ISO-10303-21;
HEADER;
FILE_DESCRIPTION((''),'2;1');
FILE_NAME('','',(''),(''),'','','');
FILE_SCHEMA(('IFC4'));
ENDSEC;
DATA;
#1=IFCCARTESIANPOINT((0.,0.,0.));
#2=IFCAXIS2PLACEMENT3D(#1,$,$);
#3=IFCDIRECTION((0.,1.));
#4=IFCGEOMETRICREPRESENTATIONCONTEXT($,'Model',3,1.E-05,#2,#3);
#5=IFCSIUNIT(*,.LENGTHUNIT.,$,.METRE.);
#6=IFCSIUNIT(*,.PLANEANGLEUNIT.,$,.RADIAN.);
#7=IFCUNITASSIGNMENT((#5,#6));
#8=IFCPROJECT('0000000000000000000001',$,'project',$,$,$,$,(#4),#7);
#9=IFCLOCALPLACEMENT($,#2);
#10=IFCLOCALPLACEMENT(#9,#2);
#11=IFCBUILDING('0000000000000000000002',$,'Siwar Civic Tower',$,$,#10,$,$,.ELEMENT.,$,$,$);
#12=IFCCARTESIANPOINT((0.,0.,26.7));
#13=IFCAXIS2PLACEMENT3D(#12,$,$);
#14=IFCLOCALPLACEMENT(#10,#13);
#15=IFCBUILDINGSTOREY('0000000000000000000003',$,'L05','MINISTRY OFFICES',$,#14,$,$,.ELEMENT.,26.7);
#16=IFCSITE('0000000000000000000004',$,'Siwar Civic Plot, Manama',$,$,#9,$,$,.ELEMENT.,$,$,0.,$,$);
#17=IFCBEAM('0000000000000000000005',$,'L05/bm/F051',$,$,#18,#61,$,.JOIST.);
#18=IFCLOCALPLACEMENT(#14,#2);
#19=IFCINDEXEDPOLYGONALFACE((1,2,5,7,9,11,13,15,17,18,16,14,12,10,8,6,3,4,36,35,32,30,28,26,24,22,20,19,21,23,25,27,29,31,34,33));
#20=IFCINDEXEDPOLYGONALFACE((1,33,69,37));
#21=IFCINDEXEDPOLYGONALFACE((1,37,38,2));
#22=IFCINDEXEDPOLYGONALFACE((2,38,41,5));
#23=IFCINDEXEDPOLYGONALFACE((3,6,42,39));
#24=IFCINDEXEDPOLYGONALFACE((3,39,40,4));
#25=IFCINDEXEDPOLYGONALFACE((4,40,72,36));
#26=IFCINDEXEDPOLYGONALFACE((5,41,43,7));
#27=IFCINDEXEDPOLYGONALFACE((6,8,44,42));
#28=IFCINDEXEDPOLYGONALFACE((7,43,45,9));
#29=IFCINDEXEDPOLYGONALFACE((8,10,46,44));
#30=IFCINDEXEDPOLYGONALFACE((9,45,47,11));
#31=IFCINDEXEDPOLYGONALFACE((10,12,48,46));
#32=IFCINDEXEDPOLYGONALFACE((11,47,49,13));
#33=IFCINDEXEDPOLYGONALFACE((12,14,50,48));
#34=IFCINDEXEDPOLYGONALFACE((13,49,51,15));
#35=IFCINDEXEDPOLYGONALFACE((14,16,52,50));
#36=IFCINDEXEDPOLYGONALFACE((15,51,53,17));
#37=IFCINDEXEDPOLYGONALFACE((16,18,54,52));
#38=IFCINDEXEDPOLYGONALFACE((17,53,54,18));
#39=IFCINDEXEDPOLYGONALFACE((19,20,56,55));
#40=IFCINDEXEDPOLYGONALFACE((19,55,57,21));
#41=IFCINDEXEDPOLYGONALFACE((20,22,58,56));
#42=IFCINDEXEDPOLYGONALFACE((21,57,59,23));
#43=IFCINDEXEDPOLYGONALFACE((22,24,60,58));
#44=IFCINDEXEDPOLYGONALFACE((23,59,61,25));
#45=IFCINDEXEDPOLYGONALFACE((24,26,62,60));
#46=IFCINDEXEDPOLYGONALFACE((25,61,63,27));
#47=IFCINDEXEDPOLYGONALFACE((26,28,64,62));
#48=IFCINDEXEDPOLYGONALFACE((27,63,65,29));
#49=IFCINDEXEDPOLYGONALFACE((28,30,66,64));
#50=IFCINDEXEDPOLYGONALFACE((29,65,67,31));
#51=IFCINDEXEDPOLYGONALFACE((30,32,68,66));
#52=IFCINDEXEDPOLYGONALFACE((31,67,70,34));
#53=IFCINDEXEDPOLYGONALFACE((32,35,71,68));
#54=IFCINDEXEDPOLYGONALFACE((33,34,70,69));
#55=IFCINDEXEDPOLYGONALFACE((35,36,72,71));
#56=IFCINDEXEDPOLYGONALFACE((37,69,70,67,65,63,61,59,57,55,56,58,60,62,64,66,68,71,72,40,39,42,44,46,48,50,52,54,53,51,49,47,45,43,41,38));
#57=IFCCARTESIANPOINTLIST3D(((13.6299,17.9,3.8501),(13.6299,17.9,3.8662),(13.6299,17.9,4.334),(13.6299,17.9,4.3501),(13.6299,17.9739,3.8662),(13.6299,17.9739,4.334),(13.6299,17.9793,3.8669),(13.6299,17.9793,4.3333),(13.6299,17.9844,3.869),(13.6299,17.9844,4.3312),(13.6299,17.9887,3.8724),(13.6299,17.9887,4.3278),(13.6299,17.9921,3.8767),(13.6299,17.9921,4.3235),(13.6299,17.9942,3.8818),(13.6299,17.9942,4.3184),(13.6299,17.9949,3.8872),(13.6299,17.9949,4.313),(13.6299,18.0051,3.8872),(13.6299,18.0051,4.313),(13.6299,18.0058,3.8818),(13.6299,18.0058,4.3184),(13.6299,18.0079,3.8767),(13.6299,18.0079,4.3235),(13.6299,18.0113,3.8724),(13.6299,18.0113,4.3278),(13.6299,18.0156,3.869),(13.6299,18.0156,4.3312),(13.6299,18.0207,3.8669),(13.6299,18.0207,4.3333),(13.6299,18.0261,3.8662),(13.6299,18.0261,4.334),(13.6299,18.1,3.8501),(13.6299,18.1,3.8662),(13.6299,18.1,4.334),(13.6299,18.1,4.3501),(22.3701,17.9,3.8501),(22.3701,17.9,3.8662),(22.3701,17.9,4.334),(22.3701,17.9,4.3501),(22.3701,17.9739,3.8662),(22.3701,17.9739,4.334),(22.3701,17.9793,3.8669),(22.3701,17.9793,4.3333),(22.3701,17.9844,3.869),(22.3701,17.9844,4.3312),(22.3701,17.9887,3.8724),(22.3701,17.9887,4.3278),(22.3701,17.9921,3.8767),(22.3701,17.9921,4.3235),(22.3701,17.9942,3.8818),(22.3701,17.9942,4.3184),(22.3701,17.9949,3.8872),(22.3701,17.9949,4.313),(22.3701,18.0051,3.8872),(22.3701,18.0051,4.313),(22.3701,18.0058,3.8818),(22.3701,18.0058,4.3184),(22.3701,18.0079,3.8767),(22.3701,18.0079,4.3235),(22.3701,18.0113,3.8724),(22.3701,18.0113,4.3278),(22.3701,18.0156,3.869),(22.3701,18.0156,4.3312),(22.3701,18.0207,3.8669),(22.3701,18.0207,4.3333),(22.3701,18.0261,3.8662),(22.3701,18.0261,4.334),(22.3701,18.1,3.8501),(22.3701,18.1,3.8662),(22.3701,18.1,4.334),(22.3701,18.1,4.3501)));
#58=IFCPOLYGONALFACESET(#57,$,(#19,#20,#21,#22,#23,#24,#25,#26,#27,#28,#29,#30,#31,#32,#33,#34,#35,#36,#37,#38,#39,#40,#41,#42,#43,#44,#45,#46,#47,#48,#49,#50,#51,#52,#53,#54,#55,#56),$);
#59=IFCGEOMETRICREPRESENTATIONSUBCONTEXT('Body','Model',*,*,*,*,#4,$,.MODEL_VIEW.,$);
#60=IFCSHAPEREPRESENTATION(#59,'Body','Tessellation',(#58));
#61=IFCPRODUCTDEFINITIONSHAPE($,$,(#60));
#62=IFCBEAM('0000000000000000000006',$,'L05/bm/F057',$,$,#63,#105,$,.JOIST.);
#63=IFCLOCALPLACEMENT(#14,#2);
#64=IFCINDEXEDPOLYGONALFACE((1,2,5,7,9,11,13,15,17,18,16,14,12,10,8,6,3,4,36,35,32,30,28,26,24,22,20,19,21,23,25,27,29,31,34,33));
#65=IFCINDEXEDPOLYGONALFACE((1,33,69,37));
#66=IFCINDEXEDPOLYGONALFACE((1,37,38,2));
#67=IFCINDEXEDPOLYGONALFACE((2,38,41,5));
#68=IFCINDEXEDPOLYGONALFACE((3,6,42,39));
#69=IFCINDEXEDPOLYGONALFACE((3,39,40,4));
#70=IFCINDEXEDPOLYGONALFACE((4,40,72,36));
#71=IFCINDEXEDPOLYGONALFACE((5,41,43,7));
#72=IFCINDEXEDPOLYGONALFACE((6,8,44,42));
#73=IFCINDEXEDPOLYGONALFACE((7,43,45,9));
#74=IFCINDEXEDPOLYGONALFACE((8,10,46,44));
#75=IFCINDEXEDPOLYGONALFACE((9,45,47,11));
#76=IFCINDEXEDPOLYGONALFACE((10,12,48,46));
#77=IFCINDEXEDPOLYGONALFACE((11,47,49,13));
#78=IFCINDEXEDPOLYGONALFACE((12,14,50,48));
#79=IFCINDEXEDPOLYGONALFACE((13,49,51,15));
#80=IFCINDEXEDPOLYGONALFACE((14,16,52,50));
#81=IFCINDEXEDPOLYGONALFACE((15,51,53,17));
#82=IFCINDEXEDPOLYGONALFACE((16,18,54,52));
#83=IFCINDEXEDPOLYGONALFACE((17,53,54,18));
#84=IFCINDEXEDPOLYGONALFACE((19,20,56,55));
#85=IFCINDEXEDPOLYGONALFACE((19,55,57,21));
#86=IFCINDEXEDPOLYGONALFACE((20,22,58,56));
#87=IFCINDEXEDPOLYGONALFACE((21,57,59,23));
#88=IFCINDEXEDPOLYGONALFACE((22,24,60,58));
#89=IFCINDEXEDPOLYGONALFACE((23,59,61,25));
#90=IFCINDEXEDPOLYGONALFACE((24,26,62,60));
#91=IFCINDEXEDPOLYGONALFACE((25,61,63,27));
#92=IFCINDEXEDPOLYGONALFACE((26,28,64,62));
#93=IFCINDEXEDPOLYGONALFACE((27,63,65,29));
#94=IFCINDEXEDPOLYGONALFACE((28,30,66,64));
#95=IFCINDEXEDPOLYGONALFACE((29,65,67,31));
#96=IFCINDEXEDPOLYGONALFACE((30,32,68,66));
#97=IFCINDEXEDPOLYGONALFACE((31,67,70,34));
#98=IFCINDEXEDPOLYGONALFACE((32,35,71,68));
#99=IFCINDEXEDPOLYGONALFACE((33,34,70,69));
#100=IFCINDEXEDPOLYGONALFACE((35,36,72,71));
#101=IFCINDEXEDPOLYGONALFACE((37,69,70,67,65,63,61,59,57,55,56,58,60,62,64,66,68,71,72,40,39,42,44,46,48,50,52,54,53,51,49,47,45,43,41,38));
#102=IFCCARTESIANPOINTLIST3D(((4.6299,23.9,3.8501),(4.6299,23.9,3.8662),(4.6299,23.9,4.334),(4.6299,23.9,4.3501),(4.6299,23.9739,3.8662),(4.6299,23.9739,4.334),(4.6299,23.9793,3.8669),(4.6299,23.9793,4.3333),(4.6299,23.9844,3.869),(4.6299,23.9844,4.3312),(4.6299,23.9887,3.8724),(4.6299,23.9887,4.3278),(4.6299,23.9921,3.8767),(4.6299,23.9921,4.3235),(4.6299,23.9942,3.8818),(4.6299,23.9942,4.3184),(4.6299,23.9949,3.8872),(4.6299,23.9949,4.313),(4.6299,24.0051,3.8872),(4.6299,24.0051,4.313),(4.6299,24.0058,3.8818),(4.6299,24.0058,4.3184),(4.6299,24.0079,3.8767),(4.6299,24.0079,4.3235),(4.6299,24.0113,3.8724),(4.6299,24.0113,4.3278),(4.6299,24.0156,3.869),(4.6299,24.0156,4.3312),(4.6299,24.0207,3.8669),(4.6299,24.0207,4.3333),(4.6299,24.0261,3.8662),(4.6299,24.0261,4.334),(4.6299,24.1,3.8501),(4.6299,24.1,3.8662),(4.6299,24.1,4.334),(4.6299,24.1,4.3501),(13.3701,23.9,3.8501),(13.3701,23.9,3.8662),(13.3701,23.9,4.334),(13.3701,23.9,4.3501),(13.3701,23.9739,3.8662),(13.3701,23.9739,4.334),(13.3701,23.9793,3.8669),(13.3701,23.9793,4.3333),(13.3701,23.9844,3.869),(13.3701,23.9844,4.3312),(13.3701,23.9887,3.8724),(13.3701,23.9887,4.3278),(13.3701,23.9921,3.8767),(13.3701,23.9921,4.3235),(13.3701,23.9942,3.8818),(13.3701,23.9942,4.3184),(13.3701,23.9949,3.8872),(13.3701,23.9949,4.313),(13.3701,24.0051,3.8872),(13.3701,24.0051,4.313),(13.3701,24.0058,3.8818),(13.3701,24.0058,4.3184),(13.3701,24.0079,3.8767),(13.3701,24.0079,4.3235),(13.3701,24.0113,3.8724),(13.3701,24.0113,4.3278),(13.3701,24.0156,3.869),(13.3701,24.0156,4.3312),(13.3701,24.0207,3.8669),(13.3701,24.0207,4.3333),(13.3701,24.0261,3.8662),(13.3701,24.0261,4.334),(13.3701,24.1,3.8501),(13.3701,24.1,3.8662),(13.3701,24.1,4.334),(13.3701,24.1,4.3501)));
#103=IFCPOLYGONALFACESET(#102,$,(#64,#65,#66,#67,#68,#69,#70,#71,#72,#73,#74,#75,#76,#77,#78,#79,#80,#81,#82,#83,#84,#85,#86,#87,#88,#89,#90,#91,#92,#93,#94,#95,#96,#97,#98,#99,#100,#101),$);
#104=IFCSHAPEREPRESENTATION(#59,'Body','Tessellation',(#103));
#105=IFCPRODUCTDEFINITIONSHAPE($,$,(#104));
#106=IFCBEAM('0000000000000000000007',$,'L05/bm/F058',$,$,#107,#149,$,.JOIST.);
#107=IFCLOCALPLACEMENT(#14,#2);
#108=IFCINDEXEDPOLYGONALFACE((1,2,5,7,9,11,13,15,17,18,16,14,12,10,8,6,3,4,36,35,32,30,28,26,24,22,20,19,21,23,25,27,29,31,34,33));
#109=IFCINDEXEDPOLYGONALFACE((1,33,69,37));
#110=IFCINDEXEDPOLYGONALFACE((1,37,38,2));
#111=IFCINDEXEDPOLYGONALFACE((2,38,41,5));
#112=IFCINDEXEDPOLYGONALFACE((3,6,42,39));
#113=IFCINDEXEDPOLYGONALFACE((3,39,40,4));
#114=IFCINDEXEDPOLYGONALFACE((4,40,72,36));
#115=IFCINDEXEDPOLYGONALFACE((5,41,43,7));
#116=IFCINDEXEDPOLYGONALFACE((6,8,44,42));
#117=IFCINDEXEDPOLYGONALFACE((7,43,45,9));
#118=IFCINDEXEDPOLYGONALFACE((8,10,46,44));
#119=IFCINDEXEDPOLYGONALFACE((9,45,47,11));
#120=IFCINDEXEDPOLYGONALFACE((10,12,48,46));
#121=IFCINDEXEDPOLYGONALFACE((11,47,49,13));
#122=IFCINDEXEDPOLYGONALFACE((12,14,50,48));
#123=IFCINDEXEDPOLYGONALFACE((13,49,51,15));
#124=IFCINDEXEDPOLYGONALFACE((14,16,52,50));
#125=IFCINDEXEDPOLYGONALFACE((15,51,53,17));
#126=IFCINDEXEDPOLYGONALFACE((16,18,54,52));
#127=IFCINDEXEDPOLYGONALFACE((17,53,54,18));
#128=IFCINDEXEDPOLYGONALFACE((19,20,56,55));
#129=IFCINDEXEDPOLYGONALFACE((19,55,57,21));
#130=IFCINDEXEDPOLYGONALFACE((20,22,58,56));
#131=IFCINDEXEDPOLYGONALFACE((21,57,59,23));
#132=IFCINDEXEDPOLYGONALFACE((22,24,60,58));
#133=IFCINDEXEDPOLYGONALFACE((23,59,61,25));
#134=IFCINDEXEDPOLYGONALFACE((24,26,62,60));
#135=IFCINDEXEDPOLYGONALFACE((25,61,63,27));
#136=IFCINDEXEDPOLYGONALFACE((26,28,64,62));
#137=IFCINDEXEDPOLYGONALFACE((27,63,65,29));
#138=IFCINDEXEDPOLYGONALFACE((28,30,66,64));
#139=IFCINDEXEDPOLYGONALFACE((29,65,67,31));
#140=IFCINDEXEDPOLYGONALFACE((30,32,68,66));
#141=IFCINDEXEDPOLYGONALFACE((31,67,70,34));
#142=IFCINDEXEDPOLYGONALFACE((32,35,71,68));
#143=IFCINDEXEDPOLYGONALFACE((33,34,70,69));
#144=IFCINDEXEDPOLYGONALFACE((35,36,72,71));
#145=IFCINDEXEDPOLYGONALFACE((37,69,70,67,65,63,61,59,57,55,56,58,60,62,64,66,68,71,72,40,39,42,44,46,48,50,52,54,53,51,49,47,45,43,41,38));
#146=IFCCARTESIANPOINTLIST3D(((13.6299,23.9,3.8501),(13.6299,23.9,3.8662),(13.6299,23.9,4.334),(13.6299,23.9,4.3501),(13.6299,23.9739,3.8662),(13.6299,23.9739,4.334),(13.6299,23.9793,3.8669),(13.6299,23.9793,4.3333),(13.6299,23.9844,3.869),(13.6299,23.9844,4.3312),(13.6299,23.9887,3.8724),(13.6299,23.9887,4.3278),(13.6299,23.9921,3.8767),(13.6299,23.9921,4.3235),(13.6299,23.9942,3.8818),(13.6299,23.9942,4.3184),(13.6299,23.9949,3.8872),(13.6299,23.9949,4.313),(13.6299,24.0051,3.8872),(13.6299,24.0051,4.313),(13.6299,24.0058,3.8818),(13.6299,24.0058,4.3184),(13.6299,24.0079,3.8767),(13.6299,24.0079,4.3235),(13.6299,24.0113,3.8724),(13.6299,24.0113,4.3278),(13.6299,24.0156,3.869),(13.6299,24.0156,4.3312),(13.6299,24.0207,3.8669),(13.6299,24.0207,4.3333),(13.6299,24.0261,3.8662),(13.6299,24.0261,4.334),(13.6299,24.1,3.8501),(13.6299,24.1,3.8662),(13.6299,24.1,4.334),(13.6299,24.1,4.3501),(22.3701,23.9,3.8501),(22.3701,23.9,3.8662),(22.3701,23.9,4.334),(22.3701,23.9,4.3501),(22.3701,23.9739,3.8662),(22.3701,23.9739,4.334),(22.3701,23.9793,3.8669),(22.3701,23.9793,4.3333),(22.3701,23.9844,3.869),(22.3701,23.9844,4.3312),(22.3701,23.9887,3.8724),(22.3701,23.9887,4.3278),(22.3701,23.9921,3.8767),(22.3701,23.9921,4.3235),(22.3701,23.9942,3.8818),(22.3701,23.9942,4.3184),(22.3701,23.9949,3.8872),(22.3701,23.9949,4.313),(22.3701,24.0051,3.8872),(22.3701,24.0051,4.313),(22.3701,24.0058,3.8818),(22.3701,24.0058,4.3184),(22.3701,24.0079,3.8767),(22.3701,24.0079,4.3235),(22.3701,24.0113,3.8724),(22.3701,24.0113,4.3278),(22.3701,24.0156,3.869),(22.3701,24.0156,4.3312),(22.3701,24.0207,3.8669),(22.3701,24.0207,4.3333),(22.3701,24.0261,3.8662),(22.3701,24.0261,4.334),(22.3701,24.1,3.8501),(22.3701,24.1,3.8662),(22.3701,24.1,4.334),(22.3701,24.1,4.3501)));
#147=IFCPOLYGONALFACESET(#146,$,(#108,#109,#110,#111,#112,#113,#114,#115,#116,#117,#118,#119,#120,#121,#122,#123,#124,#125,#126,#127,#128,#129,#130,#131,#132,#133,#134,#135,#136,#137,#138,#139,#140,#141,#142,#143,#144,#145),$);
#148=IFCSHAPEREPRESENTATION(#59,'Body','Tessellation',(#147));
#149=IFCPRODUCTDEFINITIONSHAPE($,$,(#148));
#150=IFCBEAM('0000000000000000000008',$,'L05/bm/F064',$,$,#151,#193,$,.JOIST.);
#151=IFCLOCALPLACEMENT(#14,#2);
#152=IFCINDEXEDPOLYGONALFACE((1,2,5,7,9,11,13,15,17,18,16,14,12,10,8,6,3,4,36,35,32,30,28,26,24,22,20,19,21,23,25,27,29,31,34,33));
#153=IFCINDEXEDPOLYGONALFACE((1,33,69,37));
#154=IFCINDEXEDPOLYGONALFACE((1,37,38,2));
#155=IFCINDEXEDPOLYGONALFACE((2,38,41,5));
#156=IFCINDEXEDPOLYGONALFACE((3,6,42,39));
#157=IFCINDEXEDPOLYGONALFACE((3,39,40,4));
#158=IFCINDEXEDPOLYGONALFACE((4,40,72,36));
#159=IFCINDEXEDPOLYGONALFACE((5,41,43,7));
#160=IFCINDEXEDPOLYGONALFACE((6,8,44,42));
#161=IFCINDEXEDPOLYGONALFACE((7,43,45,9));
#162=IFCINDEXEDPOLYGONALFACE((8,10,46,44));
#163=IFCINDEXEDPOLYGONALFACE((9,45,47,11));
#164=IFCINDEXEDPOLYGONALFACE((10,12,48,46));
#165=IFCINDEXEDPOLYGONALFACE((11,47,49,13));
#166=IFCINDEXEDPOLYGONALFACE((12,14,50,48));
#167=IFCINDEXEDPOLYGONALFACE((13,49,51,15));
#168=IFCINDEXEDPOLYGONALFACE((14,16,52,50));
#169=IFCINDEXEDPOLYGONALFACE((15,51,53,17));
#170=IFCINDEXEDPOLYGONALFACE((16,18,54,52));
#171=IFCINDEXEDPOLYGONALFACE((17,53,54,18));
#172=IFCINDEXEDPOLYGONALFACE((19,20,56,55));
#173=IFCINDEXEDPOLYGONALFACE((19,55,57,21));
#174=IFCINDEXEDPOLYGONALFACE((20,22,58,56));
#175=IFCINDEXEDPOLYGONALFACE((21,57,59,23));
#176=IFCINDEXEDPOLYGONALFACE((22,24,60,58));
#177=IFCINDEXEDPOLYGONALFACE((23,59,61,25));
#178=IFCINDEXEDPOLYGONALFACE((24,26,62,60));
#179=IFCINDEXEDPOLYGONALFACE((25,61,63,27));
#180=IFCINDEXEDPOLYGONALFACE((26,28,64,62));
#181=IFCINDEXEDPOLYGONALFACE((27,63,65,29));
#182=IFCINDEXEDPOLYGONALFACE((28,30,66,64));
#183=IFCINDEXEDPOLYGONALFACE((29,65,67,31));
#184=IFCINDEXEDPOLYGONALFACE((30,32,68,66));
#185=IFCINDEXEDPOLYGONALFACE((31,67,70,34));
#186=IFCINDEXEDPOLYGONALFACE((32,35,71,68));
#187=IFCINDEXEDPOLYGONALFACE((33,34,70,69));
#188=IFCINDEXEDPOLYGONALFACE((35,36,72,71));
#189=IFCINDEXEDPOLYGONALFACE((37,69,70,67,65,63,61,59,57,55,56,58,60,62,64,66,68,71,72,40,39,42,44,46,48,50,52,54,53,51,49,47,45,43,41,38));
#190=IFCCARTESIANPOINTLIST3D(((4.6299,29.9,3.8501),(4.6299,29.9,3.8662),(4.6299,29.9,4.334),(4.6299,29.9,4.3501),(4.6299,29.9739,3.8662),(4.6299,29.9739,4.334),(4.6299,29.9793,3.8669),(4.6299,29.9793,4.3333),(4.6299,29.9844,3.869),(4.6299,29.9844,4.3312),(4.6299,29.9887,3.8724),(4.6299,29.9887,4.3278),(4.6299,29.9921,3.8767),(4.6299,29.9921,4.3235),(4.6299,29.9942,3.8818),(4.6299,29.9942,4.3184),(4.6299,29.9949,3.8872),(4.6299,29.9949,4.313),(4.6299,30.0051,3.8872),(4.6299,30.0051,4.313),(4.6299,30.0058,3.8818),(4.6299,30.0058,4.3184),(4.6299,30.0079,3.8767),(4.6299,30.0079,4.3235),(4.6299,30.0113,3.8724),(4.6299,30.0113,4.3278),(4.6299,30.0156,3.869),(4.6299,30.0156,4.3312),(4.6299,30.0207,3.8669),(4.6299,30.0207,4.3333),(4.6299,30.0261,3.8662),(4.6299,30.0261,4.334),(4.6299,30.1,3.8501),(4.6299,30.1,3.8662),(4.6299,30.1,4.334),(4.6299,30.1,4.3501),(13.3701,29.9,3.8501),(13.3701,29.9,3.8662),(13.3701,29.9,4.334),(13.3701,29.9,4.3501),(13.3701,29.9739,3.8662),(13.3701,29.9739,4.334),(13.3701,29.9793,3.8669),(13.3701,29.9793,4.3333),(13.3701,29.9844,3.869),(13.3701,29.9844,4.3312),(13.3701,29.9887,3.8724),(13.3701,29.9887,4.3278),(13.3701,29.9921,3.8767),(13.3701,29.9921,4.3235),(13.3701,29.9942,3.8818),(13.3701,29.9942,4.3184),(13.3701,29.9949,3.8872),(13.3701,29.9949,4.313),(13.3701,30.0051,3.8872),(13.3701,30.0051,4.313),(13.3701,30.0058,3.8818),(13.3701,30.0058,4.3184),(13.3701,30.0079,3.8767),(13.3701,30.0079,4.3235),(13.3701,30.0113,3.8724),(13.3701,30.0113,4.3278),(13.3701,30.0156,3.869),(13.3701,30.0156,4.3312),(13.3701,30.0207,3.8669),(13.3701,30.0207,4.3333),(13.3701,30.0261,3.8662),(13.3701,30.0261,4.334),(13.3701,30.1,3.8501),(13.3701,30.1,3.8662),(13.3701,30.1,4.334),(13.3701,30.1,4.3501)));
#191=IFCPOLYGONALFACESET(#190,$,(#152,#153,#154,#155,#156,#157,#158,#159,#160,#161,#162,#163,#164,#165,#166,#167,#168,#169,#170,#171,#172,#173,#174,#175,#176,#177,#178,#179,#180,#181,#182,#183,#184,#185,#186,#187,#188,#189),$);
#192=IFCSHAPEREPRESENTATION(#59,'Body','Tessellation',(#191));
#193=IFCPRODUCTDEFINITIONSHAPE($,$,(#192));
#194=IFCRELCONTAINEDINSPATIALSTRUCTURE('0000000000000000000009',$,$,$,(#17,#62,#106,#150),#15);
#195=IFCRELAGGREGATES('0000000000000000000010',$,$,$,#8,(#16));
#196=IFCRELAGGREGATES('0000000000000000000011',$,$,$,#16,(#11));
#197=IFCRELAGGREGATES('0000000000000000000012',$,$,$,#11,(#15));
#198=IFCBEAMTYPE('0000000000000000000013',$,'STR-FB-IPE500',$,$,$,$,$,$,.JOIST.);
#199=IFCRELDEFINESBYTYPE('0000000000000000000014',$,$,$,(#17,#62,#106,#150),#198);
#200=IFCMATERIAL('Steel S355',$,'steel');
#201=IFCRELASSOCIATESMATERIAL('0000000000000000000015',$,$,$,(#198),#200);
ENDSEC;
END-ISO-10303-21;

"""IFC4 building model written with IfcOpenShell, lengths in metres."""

from ifc_helpers import new_model, si_unit, direction, frame, origin, origin_2d, place, context, subcontext, project, spatial, i_section, extrude, material, material_profile, profile_set, type_object, element, save


model = new_model("IFC4")

# Units and contexts
model_context = context("Model", 3, precision=1e-05, world=origin(), true_north=direction((0.0, 1.0)))
body_context = subcontext(model_context, "Body", "Model", "MODEL_VIEW")
ifc_project = project(units=[si_unit("LENGTHUNIT", "METRE"), si_unit("PLANEANGLEUNIT", "RADIAN")], contexts=[model_context])

# Site, building, storey
site_placement = place(None, origin())
site = spatial("IfcSite", under=ifc_project, at=site_placement, Name="Siwar Civic Plot, Manama", CompositionType="ELEMENT", RefElevation=0.0)
building_placement = place(site_placement, origin())
building = spatial("IfcBuilding", under=site, at=building_placement, Name="Siwar Civic Tower", CompositionType="ELEMENT")
storey_placement = place(building_placement, frame((0.0, 0.0, 26.7)))
storey = spatial("IfcBuildingStorey", under=building, at=storey_placement, Name="L05", Description="MINISTRY OFFICES", CompositionType="ELEMENT", Elevation=26.7)

# Beams
ifc_material_1 = material(Name="Steel S355", Category="steel")
ifc_material_profile_1 = material_profile(ifc_material_1, i_section(OverallWidth=0.2, OverallDepth=0.5, WebThickness=0.0103, FlangeThickness=0.0161, FilletRadius=0.021, at=origin_2d()), Name="IPE500")
ifc_profile_set_1 = profile_set([ifc_material_profile_1], Name="Steel S355")
beam_type_1 = type_object("IfcBeamType", Name="STR-FB-IPE500", PredefinedType="JOIST", material=ifc_profile_set_1)
for number, where, z_axis, x_axis, name in (
    (1, (13.6299, 18.0, 4.1001), (1.0, 0.0, 0.0), (0.0, 1.0, 0.0), "L05/bm/F051"),
    (2, (4.6299, 24.0, 4.1001), (1.0, 0.0, 0.0), (0.0, 1.0, 0.0), "L05/bm/F057"),
    (3, (13.6299, 24.0, 4.1001), (1.0, 0.0, 0.0), (0.0, 1.0, 0.0), "L05/bm/F058"),
    (4, (4.6299, 30.0, 4.1001), (1.0, 0.0, 0.0), (0.0, 1.0, 0.0), "L05/bm/F064"),
):
    element("IfcBeam", number, at=place(storey_placement, frame(where, z_axis=z_axis, x_axis=x_axis)), inside=storey, type_object=beam_type_1, Name=name, PredefinedType="JOIST", context=body_context, shape_type="SweptSolid", body=[
        extrude(i_section(OverallWidth=0.2, OverallDepth=0.5, WebThickness=0.0103, FlangeThickness=0.0161, FilletRadius=0.021, at=origin_2d()), origin(), (0.0, 0.0, 1.0), 8.7402),
    ])

save(model, "model.ifc")
